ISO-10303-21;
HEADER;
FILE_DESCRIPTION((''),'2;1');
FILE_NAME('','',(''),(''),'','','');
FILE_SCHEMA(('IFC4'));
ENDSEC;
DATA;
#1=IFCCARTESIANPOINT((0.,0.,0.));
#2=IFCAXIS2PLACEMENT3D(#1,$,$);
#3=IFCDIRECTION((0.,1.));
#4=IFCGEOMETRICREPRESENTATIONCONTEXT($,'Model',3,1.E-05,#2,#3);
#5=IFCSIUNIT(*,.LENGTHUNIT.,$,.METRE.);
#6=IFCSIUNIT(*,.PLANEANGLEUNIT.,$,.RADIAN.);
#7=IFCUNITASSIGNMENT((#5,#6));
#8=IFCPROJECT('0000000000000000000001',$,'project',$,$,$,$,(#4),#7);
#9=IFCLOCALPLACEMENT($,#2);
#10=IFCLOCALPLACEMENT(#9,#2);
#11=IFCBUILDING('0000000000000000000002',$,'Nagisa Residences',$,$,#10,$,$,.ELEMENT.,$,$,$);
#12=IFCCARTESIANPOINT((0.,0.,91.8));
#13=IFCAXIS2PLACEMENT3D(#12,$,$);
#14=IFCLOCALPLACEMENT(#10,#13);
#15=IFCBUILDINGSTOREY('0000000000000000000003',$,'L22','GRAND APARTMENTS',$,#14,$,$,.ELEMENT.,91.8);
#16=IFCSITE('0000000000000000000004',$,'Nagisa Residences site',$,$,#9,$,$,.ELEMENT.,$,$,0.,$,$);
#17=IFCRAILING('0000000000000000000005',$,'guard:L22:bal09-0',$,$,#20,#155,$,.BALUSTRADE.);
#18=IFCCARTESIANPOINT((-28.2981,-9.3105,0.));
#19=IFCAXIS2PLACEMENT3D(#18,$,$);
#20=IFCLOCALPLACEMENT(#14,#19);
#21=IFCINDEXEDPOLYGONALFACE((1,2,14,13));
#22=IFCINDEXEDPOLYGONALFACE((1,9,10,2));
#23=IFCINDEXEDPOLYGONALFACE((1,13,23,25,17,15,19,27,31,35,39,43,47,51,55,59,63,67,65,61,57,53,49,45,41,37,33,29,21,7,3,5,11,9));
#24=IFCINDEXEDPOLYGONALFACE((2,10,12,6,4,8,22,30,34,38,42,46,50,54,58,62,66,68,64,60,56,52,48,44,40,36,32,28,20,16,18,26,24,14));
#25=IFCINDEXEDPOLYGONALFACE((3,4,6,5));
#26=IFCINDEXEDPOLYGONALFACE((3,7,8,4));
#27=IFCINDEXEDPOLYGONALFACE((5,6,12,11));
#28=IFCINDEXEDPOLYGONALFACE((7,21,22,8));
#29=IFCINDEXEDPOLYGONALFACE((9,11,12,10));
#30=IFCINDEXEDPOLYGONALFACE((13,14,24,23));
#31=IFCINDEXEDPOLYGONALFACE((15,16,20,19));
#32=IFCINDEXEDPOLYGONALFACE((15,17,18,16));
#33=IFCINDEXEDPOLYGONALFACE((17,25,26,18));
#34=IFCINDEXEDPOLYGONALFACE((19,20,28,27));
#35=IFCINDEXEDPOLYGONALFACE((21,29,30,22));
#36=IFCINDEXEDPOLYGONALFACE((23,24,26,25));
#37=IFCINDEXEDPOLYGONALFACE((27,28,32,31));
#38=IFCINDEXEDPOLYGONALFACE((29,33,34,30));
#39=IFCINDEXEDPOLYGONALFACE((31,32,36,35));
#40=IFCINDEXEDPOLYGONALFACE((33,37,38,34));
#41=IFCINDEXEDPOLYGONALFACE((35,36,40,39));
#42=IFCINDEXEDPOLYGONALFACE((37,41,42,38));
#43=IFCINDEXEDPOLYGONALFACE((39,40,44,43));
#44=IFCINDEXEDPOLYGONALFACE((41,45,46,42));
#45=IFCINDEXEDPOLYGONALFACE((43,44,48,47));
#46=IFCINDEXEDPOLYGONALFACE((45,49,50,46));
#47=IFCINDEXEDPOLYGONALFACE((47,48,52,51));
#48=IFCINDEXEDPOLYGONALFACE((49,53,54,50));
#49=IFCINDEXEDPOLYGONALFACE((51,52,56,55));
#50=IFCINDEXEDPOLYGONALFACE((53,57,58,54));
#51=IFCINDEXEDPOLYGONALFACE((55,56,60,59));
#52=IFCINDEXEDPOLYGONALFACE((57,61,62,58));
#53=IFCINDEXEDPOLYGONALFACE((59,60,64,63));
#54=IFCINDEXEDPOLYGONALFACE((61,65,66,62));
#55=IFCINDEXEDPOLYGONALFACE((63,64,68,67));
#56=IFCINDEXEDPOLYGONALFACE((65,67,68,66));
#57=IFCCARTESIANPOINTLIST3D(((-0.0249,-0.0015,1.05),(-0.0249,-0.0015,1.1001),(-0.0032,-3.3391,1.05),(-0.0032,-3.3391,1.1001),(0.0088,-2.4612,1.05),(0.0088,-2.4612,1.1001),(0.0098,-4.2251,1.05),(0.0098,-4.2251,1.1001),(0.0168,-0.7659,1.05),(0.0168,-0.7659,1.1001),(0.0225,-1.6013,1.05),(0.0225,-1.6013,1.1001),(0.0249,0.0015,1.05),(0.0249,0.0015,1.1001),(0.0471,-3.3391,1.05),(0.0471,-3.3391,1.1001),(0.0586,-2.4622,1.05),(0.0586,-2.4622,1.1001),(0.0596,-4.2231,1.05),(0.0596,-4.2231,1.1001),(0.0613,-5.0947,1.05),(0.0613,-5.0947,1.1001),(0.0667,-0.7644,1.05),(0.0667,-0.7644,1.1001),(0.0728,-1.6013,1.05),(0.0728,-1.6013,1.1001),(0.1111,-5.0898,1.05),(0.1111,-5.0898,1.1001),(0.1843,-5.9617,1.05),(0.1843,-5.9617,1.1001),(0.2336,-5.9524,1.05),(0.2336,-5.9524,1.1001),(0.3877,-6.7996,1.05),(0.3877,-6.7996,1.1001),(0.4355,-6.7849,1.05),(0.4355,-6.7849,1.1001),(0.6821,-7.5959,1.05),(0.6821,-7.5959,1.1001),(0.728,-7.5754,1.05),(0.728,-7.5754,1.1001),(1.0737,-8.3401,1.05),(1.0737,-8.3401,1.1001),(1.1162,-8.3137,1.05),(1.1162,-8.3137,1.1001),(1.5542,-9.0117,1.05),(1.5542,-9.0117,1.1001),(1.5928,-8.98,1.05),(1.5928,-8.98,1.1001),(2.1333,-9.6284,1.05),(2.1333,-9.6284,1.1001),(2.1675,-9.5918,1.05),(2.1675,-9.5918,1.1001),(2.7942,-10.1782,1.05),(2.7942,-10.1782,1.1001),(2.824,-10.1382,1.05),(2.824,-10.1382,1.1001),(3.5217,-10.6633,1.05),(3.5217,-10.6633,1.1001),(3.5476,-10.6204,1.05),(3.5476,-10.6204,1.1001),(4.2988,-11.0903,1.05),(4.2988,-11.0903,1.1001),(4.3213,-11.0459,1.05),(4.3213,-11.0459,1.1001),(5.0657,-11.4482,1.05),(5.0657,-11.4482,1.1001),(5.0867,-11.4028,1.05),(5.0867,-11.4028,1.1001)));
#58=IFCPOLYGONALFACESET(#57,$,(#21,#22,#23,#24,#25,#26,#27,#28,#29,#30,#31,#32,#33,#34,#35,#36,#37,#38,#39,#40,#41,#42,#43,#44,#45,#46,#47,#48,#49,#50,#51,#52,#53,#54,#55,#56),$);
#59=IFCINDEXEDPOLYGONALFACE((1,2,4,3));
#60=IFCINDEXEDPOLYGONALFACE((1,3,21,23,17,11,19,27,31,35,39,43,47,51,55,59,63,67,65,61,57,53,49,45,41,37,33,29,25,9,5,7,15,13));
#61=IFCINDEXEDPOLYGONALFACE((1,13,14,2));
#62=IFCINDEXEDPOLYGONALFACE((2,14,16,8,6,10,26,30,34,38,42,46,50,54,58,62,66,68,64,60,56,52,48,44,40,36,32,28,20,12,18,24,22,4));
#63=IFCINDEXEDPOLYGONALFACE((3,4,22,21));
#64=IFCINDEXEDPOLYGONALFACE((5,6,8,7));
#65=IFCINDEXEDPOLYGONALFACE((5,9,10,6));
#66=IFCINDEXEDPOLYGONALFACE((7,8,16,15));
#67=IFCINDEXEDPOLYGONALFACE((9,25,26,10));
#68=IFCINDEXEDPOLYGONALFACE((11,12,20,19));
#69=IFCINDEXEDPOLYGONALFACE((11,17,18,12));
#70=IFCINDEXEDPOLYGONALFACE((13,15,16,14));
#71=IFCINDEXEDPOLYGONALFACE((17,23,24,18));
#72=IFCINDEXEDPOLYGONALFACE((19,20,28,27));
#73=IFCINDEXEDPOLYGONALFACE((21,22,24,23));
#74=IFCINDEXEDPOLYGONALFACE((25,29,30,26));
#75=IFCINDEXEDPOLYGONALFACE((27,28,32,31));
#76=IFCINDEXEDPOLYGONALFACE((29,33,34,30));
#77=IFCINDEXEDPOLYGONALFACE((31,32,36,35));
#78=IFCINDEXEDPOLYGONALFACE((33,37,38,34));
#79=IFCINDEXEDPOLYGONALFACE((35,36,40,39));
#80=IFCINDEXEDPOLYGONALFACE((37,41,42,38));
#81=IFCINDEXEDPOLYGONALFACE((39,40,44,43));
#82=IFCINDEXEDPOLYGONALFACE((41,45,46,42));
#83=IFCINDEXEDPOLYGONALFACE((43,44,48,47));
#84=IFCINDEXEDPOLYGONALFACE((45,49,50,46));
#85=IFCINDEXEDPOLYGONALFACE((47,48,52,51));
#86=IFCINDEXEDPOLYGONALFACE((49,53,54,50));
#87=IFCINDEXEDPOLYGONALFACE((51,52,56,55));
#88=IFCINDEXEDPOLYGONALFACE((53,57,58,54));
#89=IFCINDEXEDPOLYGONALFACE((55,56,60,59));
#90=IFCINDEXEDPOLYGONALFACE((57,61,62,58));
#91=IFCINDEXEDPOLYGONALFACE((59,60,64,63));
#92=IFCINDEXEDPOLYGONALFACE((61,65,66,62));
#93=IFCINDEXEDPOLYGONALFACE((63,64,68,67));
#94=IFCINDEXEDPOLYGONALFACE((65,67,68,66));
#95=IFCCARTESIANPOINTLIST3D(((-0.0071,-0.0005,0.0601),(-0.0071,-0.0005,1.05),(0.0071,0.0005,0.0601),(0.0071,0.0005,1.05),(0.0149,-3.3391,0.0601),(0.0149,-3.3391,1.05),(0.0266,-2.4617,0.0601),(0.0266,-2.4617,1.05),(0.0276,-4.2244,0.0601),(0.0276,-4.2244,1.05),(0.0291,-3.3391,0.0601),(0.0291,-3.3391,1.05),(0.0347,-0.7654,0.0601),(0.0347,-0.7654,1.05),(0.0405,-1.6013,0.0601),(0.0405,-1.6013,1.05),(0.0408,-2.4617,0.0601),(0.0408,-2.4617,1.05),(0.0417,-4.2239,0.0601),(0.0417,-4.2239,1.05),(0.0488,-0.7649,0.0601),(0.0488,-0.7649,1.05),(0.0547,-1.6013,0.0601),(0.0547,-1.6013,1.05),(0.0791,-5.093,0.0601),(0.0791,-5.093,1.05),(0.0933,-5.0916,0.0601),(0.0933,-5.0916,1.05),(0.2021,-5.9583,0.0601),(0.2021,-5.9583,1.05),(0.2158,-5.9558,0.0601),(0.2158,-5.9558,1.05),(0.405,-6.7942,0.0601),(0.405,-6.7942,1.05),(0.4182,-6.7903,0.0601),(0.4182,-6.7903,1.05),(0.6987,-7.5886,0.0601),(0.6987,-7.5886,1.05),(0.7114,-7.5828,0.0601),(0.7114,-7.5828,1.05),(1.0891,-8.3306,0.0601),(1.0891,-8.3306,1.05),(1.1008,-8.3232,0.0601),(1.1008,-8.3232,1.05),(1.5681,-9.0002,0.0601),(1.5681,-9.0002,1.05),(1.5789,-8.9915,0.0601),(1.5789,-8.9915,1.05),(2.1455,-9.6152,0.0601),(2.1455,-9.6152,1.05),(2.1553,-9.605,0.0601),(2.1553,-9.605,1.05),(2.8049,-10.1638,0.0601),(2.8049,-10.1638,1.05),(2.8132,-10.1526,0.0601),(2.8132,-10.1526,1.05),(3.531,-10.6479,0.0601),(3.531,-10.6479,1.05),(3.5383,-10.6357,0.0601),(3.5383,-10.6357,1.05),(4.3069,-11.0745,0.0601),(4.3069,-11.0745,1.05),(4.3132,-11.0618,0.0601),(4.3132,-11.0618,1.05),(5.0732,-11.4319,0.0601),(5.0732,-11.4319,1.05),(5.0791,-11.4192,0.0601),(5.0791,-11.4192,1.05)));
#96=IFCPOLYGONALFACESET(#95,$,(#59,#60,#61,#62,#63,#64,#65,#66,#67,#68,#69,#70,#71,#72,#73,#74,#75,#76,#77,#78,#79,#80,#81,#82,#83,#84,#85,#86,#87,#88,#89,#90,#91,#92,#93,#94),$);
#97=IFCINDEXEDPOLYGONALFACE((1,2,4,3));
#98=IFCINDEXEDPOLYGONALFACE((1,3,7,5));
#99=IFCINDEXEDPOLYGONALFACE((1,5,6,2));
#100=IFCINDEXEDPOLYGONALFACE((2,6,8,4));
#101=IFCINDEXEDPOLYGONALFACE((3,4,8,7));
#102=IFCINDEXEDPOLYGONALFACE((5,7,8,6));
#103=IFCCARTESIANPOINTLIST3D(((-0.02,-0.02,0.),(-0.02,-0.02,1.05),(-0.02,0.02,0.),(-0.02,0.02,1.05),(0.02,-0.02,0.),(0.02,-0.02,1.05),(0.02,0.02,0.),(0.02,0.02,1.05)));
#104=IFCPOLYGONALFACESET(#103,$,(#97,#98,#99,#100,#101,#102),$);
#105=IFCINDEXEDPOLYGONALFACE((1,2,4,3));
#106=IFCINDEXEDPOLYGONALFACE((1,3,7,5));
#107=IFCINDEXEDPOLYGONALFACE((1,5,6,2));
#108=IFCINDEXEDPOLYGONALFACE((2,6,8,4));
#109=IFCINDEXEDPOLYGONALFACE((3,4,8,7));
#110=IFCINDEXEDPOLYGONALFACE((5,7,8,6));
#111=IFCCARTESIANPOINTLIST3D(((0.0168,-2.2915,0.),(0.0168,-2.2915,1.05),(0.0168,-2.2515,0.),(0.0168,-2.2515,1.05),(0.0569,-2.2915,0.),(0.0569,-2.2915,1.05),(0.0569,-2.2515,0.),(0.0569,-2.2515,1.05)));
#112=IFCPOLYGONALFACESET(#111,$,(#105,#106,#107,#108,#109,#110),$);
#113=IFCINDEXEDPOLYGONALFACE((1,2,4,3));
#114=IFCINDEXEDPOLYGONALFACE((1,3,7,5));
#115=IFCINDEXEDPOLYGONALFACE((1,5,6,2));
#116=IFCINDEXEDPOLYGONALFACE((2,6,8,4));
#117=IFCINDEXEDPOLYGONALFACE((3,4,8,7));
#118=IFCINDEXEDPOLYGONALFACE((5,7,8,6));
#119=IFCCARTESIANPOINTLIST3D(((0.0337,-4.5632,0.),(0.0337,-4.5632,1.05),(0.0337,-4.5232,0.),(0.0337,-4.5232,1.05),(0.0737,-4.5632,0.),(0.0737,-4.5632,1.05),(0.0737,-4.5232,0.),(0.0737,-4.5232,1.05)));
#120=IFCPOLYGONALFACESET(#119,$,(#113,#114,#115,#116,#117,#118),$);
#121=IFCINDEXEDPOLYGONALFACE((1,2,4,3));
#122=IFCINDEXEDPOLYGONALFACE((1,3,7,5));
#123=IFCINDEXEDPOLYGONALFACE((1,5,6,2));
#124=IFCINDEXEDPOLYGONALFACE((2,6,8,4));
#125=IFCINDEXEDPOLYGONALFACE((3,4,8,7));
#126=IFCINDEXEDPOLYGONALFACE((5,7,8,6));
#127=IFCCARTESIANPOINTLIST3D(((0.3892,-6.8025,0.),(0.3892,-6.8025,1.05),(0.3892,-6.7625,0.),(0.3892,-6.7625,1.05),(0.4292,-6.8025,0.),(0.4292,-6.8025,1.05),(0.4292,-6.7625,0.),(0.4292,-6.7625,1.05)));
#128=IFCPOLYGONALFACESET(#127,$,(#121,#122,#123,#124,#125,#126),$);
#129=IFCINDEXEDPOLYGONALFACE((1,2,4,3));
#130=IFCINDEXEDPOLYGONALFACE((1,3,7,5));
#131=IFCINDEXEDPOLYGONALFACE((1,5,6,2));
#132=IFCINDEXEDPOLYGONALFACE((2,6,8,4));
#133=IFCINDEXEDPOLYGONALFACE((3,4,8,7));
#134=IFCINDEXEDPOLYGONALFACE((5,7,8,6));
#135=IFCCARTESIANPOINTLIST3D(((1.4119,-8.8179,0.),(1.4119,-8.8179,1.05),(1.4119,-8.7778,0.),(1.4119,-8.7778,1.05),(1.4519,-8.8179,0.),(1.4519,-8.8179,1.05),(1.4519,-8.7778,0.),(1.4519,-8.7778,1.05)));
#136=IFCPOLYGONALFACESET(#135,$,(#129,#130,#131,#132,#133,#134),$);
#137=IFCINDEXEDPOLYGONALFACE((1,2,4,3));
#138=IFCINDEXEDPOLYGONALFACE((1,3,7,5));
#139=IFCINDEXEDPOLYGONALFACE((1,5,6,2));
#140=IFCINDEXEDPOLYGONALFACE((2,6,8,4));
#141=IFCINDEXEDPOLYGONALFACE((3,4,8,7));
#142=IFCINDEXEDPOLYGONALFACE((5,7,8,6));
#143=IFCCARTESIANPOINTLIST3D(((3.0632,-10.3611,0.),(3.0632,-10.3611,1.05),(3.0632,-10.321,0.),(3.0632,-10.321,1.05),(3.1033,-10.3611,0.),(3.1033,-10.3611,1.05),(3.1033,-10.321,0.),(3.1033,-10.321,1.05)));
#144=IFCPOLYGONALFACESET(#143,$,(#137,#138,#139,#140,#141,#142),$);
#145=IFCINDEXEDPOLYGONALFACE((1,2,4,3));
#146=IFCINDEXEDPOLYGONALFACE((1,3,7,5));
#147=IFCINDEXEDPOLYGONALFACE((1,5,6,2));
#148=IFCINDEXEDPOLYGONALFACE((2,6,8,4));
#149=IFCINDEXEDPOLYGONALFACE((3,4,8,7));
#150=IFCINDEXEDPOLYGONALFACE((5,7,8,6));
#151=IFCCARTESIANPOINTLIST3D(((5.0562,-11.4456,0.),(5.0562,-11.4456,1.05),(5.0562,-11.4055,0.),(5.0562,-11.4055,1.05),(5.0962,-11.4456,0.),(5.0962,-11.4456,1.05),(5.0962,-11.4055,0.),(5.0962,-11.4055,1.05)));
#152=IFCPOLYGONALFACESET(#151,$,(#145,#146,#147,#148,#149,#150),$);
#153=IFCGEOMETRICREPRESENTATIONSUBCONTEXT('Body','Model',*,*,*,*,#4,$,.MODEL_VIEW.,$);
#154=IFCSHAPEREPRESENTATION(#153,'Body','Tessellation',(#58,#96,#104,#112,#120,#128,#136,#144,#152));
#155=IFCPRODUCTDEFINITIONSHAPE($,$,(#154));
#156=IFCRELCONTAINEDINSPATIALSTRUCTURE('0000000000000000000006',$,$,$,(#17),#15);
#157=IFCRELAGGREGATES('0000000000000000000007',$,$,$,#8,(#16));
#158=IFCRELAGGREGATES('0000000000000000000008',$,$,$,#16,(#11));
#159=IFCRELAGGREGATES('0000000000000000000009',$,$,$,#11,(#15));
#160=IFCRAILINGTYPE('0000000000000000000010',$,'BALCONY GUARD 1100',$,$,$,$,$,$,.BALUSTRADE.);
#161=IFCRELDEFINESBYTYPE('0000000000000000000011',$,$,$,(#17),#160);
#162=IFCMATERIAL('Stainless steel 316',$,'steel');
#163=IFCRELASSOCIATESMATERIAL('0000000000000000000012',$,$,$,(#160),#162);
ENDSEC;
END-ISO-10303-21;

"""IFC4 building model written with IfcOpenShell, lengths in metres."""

from ifc_helpers import new_model, si_unit, direction, frame, origin, origin_2d, place, context, subcontext, project, spatial, polyline, rectangle, outline, extrude, material, type_object, element, save


model = new_model("IFC4")

# Units and contexts
model_context = context("Model", 3, precision=1e-05, world=origin(), true_north=direction((0.0, 1.0)))
body_context = subcontext(model_context, "Body", "Model", "MODEL_VIEW")
ifc_project = project(units=[si_unit("LENGTHUNIT", "METRE"), si_unit("PLANEANGLEUNIT", "RADIAN")], contexts=[model_context])

# Site, building, storey
site_placement = place(None, origin())
site = spatial("IfcSite", under=ifc_project, at=site_placement, Name="Nagisa Residences site", CompositionType="ELEMENT", RefElevation=0.0)
building_placement = place(site_placement, origin())
building = spatial("IfcBuilding", under=site, at=building_placement, Name="Nagisa Residences", CompositionType="ELEMENT")
storey_placement = place(building_placement, frame((0.0, 0.0, 91.8)))
storey = spatial("IfcBuildingStorey", under=building, at=storey_placement, Name="L22", Description="GRAND APARTMENTS", CompositionType="ELEMENT", Elevation=91.8)

# Railing
ifc_material_1 = material(Name="Stainless steel 316", Category="steel")
railing_type = type_object("IfcRailingType", Name="BALCONY GUARD 1100", PredefinedType="BALUSTRADE", material=ifc_material_1)
railing_placement = place(storey_placement, frame((-28.2981, -9.3105, 0.0)))
element("IfcRailing", 1, at=railing_placement, inside=storey, type_object=railing_type, Name="guard:L22:bal09-0", PredefinedType="BALUSTRADE", context=body_context, shape_type="SweptSolid", body=[
    extrude(outline(polyline([(0.0667, -0.7644), (0.0249, 0.0015), (-0.0249, -0.0015), (0.0168, -0.7659), (0.0225, -1.6013), (0.0088, -2.4612), (-0.0032, -3.3391), (0.0098, -4.2251), (0.0613, -5.0947), (0.1843, -5.9617), (0.3877, -6.7996), (0.6821, -7.5959), (1.0737, -8.3401), (1.5542, -9.0117), (2.1333, -9.6284), (2.7942, -10.1782), (3.5217, -10.6633), (4.2988, -11.0903), (5.0657, -11.4482), (5.0867, -11.4028), (4.3213, -11.0459), (3.5476, -10.6204), (2.824, -10.1382), (2.1675, -9.5918), (1.5928, -8.98), (1.1162, -8.3137), (0.728, -7.5754), (0.4355, -6.7849), (0.2336, -5.9524), (0.1111, -5.0898), (0.0596, -4.2231), (0.0471, -3.3391), (0.0586, -2.4622), (0.0728, -1.6013), (0.0667, -0.7644)])), frame((0.0, 0.0, 1.05)), (0.0, 0.0, 1.0), 0.05),
    extrude(outline(polyline([(0.0488, -0.7649), (0.0071, 0.0005), (-0.0071, -0.0005), (0.0347, -0.7654), (0.0405, -1.6013), (0.0266, -2.4617), (0.0149, -3.3391), (0.0276, -4.2244), (0.0791, -5.093), (0.2021, -5.9583), (0.405, -6.7942), (0.6987, -7.5886), (1.0891, -8.3306), (1.5681, -9.0002), (2.1455, -9.6152), (2.8049, -10.1638), (3.531, -10.6479), (4.3069, -11.0745), (5.0732, -11.4319), (5.0791, -11.4192), (4.3132, -11.0618), (3.5383, -10.6357), (2.8132, -10.1526), (2.1553, -9.605), (1.5789, -8.9915), (1.1008, -8.3232), (0.7114, -7.5828), (0.4182, -6.7903), (0.2158, -5.9558), (0.0933, -5.0916), (0.0417, -4.2239), (0.0291, -3.3391), (0.0408, -2.4617), (0.0547, -1.6013), (0.0488, -0.7649)])), frame((0.0, 0.0, 0.0601)), (0.0, 0.0, 1.0), 0.99),
    extrude(rectangle(XDim=0.04, YDim=0.04, at=origin_2d()), origin(), (0.0, 0.0, 1.0), 1.05),
    extrude(rectangle(XDim=0.04, YDim=0.04, at=origin_2d()), frame((0.0369, -2.2715, 0.0)), (0.0, 0.0, 1.0), 1.05),
    extrude(rectangle(XDim=0.04, YDim=0.04, at=origin_2d()), frame((0.0537, -4.5432, 0.0)), (0.0, 0.0, 1.0), 1.05),
    extrude(rectangle(XDim=0.04, YDim=0.04, at=origin_2d()), frame((0.4092, -6.7825, 0.0)), (0.0, 0.0, 1.0), 1.05),
    extrude(rectangle(XDim=0.04, YDim=0.04, at=origin_2d()), frame((1.4319, -8.7979, 0.0)), (0.0, 0.0, 1.0), 1.05),
    extrude(rectangle(XDim=0.04, YDim=0.04, at=origin_2d()), frame((3.0833, -10.3411, 0.0)), (0.0, 0.0, 1.0), 1.05),
    extrude(rectangle(XDim=0.04, YDim=0.04, at=origin_2d()), frame((5.0762, -11.4255, 0.0)), (0.0, 0.0, 1.0), 1.05),
])

save(model, "model.ifc")
